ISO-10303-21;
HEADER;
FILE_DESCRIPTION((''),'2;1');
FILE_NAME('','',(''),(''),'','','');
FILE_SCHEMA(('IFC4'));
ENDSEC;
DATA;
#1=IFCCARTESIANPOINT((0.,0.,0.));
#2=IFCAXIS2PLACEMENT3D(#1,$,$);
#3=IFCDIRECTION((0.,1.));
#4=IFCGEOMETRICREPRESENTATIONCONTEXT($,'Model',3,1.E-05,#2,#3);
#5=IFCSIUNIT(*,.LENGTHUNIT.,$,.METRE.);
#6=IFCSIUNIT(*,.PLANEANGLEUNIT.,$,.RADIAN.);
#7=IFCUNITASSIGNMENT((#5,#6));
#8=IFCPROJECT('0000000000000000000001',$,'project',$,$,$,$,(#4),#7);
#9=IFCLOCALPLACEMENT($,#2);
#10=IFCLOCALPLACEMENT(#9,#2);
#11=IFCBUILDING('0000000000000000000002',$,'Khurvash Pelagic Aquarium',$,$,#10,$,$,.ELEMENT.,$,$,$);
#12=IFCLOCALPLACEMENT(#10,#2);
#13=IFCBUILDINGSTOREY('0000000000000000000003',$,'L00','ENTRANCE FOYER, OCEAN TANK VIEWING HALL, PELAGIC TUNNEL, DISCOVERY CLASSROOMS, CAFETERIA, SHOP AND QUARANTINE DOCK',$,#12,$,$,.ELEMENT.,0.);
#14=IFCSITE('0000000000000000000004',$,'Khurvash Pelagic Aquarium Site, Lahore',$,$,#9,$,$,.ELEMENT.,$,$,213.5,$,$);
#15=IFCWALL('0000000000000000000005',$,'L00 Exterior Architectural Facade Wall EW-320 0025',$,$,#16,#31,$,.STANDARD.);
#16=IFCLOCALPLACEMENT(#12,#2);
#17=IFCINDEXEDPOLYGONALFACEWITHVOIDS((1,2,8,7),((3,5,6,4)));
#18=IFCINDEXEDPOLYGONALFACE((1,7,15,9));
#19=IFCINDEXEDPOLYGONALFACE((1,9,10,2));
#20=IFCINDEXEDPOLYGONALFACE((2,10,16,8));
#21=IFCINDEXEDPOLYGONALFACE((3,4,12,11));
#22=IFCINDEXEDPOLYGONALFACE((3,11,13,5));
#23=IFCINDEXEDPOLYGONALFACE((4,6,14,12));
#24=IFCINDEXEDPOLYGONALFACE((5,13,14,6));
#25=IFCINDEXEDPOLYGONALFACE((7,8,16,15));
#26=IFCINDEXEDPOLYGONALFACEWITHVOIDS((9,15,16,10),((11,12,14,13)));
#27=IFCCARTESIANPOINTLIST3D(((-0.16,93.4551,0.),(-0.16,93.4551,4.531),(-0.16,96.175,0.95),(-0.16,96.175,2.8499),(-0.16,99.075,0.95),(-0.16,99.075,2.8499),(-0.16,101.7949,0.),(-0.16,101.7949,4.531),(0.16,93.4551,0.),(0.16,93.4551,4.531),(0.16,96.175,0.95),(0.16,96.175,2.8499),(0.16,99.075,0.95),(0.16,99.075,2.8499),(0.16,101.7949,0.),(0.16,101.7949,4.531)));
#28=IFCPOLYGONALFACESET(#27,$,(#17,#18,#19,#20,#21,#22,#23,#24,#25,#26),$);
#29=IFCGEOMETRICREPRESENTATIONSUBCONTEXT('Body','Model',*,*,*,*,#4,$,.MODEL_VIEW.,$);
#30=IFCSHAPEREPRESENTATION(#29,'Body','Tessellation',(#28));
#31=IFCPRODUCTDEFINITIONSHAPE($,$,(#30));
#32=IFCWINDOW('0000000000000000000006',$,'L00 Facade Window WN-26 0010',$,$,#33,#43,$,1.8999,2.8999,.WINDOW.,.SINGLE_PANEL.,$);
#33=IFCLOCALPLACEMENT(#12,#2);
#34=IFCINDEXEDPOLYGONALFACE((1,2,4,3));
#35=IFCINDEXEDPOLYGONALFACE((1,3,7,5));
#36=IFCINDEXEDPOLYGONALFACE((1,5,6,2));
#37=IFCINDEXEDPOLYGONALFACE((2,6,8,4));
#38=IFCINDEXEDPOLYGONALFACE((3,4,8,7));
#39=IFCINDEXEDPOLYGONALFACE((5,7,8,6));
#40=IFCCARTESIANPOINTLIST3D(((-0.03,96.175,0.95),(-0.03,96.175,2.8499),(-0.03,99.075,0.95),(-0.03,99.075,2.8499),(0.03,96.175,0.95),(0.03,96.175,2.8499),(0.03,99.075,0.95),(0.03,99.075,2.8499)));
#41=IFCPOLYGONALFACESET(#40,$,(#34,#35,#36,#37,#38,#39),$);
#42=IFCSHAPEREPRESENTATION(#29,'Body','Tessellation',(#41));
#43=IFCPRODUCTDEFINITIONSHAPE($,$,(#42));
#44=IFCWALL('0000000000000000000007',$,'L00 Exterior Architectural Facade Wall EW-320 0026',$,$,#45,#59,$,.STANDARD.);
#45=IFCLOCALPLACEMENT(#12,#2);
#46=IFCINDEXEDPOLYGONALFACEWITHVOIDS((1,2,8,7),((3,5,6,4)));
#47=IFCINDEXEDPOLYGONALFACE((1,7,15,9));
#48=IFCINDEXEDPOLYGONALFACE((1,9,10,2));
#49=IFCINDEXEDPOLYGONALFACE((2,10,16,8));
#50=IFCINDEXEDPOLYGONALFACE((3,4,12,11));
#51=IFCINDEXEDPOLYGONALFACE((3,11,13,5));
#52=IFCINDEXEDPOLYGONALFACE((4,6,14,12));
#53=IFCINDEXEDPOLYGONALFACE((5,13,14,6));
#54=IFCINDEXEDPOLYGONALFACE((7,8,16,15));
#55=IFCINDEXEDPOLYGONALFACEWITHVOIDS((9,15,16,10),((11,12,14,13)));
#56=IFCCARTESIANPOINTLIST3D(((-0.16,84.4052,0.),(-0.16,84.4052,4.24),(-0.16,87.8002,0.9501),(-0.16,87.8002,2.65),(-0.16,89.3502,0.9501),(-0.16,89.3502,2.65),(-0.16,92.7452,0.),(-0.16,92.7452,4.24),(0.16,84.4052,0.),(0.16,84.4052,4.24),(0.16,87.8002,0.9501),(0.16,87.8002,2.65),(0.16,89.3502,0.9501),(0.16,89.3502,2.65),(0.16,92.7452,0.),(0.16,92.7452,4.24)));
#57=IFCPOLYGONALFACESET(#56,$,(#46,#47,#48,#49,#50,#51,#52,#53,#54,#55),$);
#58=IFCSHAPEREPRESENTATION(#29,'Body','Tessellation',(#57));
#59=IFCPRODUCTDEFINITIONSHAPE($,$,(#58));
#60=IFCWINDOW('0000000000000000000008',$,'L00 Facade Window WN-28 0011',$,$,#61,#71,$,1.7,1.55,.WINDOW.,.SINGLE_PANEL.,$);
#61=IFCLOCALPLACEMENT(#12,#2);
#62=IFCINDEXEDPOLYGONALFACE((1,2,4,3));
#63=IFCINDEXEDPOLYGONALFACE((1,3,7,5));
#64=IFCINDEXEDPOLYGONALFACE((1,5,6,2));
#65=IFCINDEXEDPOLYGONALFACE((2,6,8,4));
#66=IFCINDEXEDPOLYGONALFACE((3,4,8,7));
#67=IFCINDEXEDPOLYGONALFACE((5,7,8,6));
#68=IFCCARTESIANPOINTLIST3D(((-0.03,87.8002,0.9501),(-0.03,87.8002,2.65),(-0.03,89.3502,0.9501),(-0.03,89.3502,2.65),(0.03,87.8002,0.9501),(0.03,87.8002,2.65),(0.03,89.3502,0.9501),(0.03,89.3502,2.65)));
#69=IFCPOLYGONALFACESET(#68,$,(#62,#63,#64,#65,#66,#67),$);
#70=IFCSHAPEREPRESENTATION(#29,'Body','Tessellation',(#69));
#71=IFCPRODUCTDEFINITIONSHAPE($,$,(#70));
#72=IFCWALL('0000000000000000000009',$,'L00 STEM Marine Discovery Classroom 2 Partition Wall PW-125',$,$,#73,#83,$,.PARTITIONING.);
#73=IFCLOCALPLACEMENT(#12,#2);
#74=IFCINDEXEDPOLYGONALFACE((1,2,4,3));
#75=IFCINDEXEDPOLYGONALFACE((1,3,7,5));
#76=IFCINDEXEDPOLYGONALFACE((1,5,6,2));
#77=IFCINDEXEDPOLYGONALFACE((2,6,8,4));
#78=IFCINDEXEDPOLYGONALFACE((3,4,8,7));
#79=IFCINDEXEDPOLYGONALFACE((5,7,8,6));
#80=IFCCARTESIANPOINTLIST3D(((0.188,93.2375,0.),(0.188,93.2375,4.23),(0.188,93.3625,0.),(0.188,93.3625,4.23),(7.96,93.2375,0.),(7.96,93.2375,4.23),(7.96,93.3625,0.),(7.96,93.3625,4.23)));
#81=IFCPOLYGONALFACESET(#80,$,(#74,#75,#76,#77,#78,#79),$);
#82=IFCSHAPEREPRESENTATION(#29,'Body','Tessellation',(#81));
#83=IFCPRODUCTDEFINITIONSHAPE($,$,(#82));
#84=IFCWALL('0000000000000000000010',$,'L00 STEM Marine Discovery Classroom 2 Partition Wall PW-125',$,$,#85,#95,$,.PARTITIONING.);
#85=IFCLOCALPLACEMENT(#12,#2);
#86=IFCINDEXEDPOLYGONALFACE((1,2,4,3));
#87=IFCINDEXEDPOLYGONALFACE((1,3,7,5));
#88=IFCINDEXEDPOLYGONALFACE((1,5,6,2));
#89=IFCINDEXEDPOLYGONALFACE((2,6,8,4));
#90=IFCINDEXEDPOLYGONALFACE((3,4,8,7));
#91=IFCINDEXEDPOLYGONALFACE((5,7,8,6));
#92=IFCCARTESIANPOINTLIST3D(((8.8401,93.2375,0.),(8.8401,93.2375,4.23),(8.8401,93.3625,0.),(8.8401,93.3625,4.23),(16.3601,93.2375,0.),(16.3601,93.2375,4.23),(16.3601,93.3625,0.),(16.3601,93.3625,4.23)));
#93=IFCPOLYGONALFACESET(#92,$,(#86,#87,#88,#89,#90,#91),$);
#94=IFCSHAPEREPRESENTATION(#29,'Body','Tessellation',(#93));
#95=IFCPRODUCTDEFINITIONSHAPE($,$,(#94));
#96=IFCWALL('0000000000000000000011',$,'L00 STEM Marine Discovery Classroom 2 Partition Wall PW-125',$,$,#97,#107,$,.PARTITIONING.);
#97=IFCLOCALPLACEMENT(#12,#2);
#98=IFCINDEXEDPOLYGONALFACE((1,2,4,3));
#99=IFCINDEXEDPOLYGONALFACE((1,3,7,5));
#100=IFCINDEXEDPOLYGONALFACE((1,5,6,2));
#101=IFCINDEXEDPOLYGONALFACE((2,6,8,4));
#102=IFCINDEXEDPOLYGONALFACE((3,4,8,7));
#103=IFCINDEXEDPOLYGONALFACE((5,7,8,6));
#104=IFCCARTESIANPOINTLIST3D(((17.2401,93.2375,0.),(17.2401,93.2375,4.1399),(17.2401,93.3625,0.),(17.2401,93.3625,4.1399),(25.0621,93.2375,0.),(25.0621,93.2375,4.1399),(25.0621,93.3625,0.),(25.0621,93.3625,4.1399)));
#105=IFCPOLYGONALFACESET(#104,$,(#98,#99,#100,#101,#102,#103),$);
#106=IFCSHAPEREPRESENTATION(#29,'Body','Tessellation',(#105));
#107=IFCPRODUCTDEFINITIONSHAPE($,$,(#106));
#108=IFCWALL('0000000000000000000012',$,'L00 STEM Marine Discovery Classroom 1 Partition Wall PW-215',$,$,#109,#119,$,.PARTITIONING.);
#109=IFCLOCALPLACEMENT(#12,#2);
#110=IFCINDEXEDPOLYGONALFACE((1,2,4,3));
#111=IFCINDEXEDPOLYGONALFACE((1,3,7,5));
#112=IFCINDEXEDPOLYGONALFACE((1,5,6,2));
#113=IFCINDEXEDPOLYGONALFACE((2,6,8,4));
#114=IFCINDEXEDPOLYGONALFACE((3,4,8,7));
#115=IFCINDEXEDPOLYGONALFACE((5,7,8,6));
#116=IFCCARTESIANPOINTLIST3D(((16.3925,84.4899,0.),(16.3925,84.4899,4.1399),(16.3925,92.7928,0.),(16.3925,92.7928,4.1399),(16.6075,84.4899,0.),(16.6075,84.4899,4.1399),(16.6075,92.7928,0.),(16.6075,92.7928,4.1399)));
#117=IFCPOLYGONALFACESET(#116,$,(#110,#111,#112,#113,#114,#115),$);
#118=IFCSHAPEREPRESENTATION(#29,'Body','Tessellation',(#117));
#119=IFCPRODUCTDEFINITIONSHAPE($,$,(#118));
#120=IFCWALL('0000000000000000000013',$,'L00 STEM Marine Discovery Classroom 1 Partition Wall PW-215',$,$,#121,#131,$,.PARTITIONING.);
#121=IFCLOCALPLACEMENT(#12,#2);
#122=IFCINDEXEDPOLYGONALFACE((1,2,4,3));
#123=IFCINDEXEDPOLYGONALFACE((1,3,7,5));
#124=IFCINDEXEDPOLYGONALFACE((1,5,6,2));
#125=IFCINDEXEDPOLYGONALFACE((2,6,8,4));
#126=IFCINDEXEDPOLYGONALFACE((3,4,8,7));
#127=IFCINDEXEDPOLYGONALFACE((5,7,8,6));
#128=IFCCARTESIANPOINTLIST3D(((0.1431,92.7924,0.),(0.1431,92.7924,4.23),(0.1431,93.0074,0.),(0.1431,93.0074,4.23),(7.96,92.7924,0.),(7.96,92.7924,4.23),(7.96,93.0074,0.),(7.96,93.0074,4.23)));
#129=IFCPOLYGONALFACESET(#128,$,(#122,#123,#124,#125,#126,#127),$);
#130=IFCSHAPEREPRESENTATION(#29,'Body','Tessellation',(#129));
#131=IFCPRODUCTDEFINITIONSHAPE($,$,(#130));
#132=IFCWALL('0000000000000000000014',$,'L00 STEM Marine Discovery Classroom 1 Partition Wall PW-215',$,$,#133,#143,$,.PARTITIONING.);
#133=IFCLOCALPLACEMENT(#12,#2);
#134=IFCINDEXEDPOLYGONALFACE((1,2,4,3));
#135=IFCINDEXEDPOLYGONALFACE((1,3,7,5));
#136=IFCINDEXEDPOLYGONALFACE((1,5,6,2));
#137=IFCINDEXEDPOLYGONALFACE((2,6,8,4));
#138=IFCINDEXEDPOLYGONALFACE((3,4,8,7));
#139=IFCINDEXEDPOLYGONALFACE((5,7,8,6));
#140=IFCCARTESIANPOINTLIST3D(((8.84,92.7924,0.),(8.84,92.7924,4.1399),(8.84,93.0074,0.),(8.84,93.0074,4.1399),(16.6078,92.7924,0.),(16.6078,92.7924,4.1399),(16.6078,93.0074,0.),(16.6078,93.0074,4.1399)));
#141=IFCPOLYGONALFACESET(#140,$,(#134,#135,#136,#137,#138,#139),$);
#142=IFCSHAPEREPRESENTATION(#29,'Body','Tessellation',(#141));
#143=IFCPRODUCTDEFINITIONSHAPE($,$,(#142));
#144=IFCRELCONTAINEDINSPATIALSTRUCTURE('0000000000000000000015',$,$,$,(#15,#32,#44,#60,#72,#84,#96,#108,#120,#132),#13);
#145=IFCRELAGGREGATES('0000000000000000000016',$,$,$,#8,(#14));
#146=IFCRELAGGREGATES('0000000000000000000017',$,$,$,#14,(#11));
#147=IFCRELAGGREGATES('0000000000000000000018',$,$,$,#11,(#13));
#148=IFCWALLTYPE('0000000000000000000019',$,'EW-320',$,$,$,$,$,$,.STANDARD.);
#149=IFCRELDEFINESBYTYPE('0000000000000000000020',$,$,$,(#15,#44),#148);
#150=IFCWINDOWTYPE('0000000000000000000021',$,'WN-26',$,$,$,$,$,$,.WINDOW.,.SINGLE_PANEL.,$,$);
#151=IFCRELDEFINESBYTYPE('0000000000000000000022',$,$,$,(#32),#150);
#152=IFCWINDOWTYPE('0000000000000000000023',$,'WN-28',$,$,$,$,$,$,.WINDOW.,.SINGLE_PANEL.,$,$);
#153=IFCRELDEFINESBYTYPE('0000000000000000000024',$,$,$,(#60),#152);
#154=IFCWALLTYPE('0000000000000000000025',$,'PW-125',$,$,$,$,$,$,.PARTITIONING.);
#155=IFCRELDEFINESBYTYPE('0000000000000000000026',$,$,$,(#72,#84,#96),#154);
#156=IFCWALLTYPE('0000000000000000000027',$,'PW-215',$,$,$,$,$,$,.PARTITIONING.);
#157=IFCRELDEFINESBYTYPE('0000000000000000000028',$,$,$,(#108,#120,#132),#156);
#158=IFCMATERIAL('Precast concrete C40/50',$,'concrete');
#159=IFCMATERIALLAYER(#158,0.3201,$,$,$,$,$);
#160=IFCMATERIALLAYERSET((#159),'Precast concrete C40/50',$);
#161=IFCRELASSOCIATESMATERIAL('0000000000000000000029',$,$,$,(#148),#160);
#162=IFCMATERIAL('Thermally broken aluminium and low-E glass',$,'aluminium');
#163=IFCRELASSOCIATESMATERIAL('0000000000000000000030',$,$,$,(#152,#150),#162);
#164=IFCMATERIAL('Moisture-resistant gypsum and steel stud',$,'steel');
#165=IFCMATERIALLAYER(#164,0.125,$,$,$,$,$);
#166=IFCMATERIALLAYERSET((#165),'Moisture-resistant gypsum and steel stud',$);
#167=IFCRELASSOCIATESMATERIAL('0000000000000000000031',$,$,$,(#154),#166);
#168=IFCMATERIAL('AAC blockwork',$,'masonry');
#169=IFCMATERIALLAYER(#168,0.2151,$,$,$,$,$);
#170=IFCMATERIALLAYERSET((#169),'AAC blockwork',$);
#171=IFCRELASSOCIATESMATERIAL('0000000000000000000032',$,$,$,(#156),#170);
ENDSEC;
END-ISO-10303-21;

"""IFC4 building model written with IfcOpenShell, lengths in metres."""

from ifc_helpers import new_model, si_unit, direction, frame, frame_2d, origin, place, context, subcontext, project, spatial, rectangle, extrude, material, layer, layer_set, type_object, element, fill, save


model = new_model("IFC4")

# Units and contexts
model_context = context("Model", 3, precision=1e-05, world=origin(), true_north=direction((0.0, 1.0)))
body_context = subcontext(model_context, "Body", "Model", "MODEL_VIEW")
ifc_project = project(units=[si_unit("LENGTHUNIT", "METRE"), si_unit("PLANEANGLEUNIT", "RADIAN")], contexts=[model_context])

# Site, building, storey
site_placement = place(None, origin())
site = spatial("IfcSite", under=ifc_project, at=site_placement, Name="Khurvash Pelagic Aquarium Site, Lahore", CompositionType="ELEMENT", RefElevation=213.5)
building_placement = place(site_placement, origin())
building = spatial("IfcBuilding", under=site, at=building_placement, Name="Khurvash Pelagic Aquarium", CompositionType="ELEMENT")
storey_placement = place(building_placement, origin())
storey = spatial("IfcBuildingStorey", under=building, at=storey_placement, Name="L00", Description="ENTRANCE FOYER, OCEAN TANK VIEWING HALL, PELAGIC TUNNEL, DISCOVERY CLASSROOMS, CAFETERIA, SHOP AND QUARANTINE DOCK", CompositionType="ELEMENT", Elevation=0.0)

# Walls, openings, windows
ifc_material_1 = material(Name="Precast concrete C40/50", Category="concrete")
ifc_layer_1 = layer(ifc_material_1, 0.3201)
ifc_layer_set_1 = layer_set([ifc_layer_1], Name="Precast concrete C40/50")
wall_type_1 = type_object("IfcWallType", Name="EW-320", PredefinedType="STANDARD", material=ifc_layer_set_1)
ifc_material_2 = material(Name="Thermally broken aluminium and low-E glass", Category="aluminium")
window_type_1 = type_object("IfcWindowType", Name="WN-28", PartitioningType="SINGLE_PANEL", PredefinedType="WINDOW", material=ifc_material_2)
wall_1_placement = place(storey_placement, frame((0.0, 101.7949, 0.0), z_axis=(0.0, 0.0, 1.0), x_axis=(0.0, -1.0, 0.0)))
wall_1 = element("IfcWall", 1, at=wall_1_placement, inside=storey, type_object=wall_type_1, Name="L00 Exterior Architectural Facade Wall EW-320 0025", PredefinedType="STANDARD", context=body_context, shape_type="SweptSolid", body=[
    extrude(rectangle(XDim=8.3398, YDim=0.3201, at=frame_2d((4.1699, 0.0))), origin(), (0.0, 0.0, 1.0), 4.531),
])
opening_1_placement = place(wall_1_placement, frame((2.72, 0.0, 0.95)))
opening_1 = element("IfcOpeningElement", 2, at=opening_1_placement, cuts=wall_1, PredefinedType="OPENING", context=body_context, shape_type="SweptSolid", body=[
    extrude(rectangle(XDim=2.8999, YDim=1.8999, at=frame_2d((1.45, 0.95))), frame((0.0, 0.1699, 0.0), z_axis=(0.0, -1.0, 0.0), x_axis=(1.0, 0.0, 0.0)), (0.0, 0.0, 1.0), 0.3401),
])
window_type_2 = type_object("IfcWindowType", Name="WN-26", PartitioningType="SINGLE_PANEL", PredefinedType="WINDOW", material=ifc_material_2)
window_1_placement = place(opening_1_placement, origin())
window_1 = element("IfcWindow", 3, at=window_1_placement, inside=storey, type_object=window_type_2, Name="L00 Facade Window WN-26 0010", OverallHeight=1.8999, OverallWidth=2.8999, PartitioningType="SINGLE_PANEL", PredefinedType="WINDOW", context=body_context, shape_type="SweptSolid", body=[
    extrude(rectangle(XDim=2.8999, YDim=1.8999, at=frame_2d((1.45, 0.95))), frame((0.0, 0.03, 0.0), z_axis=(0.0, -1.0, 0.0), x_axis=(1.0, 0.0, 0.0)), (0.0, 0.0, 1.0), 0.0601),
])
fill(opening_1, window_1)
wall_2_placement = place(storey_placement, frame((0.0, 92.7451, 0.0), z_axis=(0.0, 0.0, 1.0), x_axis=(0.0, -1.0, 0.0)))
wall_2 = element("IfcWall", 4, at=wall_2_placement, inside=storey, type_object=wall_type_1, Name="L00 Exterior Architectural Facade Wall EW-320 0026", PredefinedType="STANDARD", context=body_context, shape_type="SweptSolid", body=[
    extrude(rectangle(XDim=8.3401, YDim=0.3201, at=frame_2d((4.1699, 0.0))), origin(), (0.0, 0.0, 1.0), 4.24),
])
opening_2_placement = place(wall_2_placement, frame((3.395, 0.0, 0.95)))
opening_2 = element("IfcOpeningElement", 5, at=opening_2_placement, cuts=wall_2, PredefinedType="OPENING", context=body_context, shape_type="SweptSolid", body=[
    extrude(rectangle(XDim=1.55, YDim=1.7, at=frame_2d((0.7749, 0.8501))), frame((0.0, 0.1699, 0.0), z_axis=(0.0, -1.0, 0.0), x_axis=(1.0, 0.0, 0.0)), (0.0, 0.0, 1.0), 0.3401),
])
window_2_placement = place(opening_2_placement, origin())
window_2 = element("IfcWindow", 6, at=window_2_placement, inside=storey, type_object=window_type_1, Name="L00 Facade Window WN-28 0011", OverallHeight=1.7, OverallWidth=1.55, PartitioningType="SINGLE_PANEL", PredefinedType="WINDOW", context=body_context, shape_type="SweptSolid", body=[
    extrude(rectangle(XDim=1.55, YDim=1.7, at=frame_2d((0.7749, 0.8501))), frame((0.0, 0.03, 0.0), z_axis=(0.0, -1.0, 0.0), x_axis=(1.0, 0.0, 0.0)), (0.0, 0.0, 1.0), 0.0601),
])
fill(opening_2, window_2)

# Walls
ifc_material_3 = material(Name="Moisture-resistant gypsum and steel stud", Category="steel")
ifc_layer_2 = layer(ifc_material_3, 0.125)
ifc_layer_set_2 = layer_set([ifc_layer_2], Name="Moisture-resistant gypsum and steel stud")
wall_type_2 = type_object("IfcWallType", Name="PW-125", PredefinedType="PARTITIONING", material=ifc_layer_set_2)
wall_3_placement = place(storey_placement, frame((0.188, 93.3, 0.0), z_axis=(0.0, 0.0, 1.0), x_axis=(1.0, 0.0, 0.0)))
element("IfcWall", 7, at=wall_3_placement, inside=storey, type_object=wall_type_2, Name="L00 STEM Marine Discovery Classroom 2 Partition Wall PW-125", PredefinedType="PARTITIONING", context=body_context, shape_type="SweptSolid", body=[
    extrude(rectangle(XDim=7.772, YDim=0.125, at=frame_2d((3.886, 0.0))), origin(), (0.0, 0.0, 1.0), 4.23),
])
wall_4_placement = place(storey_placement, frame((8.8401, 93.3, 0.0), z_axis=(0.0, 0.0, 1.0), x_axis=(1.0, 0.0, 0.0)))
element("IfcWall", 8, at=wall_4_placement, inside=storey, type_object=wall_type_2, Name="L00 STEM Marine Discovery Classroom 2 Partition Wall PW-125", PredefinedType="PARTITIONING", context=body_context, shape_type="SweptSolid", body=[
    extrude(rectangle(XDim=7.52, YDim=0.125, at=frame_2d((3.76, 0.0))), origin(), (0.0, 0.0, 1.0), 4.23),
])
wall_5_placement = place(storey_placement, frame((17.24, 93.3, 0.0), z_axis=(0.0, 0.0, 1.0), x_axis=(1.0, 0.0, 0.0)))
element("IfcWall", 9, at=wall_5_placement, inside=storey, type_object=wall_type_2, Name="L00 STEM Marine Discovery Classroom 2 Partition Wall PW-125", PredefinedType="PARTITIONING", context=body_context, shape_type="SweptSolid", body=[
    extrude(rectangle(XDim=7.822, YDim=0.125, at=frame_2d((3.9111, 0.0))), origin(), (0.0, 0.0, 1.0), 4.1399),
])
ifc_material_4 = material(Name="AAC blockwork", Category="masonry")
ifc_layer_3 = layer(ifc_material_4, 0.2151)
ifc_layer_set_3 = layer_set([ifc_layer_3], Name="AAC blockwork")
wall_type_3 = type_object("IfcWallType", Name="PW-215", PredefinedType="PARTITIONING", material=ifc_layer_set_3)
wall_6_placement = place(storey_placement, frame((16.5, 84.49, 0.0), z_axis=(0.0, 0.0, 1.0), x_axis=(0.0, 1.0, 0.0)))
element("IfcWall", 10, at=wall_6_placement, inside=storey, type_object=wall_type_3, Name="L00 STEM Marine Discovery Classroom 1 Partition Wall PW-215", PredefinedType="PARTITIONING", context=body_context, shape_type="SweptSolid", body=[
    extrude(rectangle(XDim=8.303, YDim=0.2151, at=frame_2d((4.1514, 0.0))), origin(), (0.0, 0.0, 1.0), 4.1399),
])
wall_7_placement = place(storey_placement, frame((0.1431, 92.8999, 0.0), z_axis=(0.0, 0.0, 1.0), x_axis=(1.0, 0.0, 0.0)))
element("IfcWall", 11, at=wall_7_placement, inside=storey, type_object=wall_type_3, Name="L00 STEM Marine Discovery Classroom 1 Partition Wall PW-215", PredefinedType="PARTITIONING", context=body_context, shape_type="SweptSolid", body=[
    extrude(rectangle(XDim=7.8169, YDim=0.2151, at=frame_2d((3.9084, 0.0))), origin(), (0.0, 0.0, 1.0), 4.23),
])
wall_8_placement = place(storey_placement, frame((8.8401, 92.8999, 0.0), z_axis=(0.0, 0.0, 1.0), x_axis=(1.0, 0.0, 0.0)))
element("IfcWall", 12, at=wall_8_placement, inside=storey, type_object=wall_type_3, Name="L00 STEM Marine Discovery Classroom 1 Partition Wall PW-215", PredefinedType="PARTITIONING", context=body_context, shape_type="SweptSolid", body=[
    extrude(rectangle(XDim=7.7678, YDim=0.2151, at=frame_2d((3.8838, 0.0))), origin(), (0.0, 0.0, 1.0), 4.1399),
])

save(model, "model.ifc")
